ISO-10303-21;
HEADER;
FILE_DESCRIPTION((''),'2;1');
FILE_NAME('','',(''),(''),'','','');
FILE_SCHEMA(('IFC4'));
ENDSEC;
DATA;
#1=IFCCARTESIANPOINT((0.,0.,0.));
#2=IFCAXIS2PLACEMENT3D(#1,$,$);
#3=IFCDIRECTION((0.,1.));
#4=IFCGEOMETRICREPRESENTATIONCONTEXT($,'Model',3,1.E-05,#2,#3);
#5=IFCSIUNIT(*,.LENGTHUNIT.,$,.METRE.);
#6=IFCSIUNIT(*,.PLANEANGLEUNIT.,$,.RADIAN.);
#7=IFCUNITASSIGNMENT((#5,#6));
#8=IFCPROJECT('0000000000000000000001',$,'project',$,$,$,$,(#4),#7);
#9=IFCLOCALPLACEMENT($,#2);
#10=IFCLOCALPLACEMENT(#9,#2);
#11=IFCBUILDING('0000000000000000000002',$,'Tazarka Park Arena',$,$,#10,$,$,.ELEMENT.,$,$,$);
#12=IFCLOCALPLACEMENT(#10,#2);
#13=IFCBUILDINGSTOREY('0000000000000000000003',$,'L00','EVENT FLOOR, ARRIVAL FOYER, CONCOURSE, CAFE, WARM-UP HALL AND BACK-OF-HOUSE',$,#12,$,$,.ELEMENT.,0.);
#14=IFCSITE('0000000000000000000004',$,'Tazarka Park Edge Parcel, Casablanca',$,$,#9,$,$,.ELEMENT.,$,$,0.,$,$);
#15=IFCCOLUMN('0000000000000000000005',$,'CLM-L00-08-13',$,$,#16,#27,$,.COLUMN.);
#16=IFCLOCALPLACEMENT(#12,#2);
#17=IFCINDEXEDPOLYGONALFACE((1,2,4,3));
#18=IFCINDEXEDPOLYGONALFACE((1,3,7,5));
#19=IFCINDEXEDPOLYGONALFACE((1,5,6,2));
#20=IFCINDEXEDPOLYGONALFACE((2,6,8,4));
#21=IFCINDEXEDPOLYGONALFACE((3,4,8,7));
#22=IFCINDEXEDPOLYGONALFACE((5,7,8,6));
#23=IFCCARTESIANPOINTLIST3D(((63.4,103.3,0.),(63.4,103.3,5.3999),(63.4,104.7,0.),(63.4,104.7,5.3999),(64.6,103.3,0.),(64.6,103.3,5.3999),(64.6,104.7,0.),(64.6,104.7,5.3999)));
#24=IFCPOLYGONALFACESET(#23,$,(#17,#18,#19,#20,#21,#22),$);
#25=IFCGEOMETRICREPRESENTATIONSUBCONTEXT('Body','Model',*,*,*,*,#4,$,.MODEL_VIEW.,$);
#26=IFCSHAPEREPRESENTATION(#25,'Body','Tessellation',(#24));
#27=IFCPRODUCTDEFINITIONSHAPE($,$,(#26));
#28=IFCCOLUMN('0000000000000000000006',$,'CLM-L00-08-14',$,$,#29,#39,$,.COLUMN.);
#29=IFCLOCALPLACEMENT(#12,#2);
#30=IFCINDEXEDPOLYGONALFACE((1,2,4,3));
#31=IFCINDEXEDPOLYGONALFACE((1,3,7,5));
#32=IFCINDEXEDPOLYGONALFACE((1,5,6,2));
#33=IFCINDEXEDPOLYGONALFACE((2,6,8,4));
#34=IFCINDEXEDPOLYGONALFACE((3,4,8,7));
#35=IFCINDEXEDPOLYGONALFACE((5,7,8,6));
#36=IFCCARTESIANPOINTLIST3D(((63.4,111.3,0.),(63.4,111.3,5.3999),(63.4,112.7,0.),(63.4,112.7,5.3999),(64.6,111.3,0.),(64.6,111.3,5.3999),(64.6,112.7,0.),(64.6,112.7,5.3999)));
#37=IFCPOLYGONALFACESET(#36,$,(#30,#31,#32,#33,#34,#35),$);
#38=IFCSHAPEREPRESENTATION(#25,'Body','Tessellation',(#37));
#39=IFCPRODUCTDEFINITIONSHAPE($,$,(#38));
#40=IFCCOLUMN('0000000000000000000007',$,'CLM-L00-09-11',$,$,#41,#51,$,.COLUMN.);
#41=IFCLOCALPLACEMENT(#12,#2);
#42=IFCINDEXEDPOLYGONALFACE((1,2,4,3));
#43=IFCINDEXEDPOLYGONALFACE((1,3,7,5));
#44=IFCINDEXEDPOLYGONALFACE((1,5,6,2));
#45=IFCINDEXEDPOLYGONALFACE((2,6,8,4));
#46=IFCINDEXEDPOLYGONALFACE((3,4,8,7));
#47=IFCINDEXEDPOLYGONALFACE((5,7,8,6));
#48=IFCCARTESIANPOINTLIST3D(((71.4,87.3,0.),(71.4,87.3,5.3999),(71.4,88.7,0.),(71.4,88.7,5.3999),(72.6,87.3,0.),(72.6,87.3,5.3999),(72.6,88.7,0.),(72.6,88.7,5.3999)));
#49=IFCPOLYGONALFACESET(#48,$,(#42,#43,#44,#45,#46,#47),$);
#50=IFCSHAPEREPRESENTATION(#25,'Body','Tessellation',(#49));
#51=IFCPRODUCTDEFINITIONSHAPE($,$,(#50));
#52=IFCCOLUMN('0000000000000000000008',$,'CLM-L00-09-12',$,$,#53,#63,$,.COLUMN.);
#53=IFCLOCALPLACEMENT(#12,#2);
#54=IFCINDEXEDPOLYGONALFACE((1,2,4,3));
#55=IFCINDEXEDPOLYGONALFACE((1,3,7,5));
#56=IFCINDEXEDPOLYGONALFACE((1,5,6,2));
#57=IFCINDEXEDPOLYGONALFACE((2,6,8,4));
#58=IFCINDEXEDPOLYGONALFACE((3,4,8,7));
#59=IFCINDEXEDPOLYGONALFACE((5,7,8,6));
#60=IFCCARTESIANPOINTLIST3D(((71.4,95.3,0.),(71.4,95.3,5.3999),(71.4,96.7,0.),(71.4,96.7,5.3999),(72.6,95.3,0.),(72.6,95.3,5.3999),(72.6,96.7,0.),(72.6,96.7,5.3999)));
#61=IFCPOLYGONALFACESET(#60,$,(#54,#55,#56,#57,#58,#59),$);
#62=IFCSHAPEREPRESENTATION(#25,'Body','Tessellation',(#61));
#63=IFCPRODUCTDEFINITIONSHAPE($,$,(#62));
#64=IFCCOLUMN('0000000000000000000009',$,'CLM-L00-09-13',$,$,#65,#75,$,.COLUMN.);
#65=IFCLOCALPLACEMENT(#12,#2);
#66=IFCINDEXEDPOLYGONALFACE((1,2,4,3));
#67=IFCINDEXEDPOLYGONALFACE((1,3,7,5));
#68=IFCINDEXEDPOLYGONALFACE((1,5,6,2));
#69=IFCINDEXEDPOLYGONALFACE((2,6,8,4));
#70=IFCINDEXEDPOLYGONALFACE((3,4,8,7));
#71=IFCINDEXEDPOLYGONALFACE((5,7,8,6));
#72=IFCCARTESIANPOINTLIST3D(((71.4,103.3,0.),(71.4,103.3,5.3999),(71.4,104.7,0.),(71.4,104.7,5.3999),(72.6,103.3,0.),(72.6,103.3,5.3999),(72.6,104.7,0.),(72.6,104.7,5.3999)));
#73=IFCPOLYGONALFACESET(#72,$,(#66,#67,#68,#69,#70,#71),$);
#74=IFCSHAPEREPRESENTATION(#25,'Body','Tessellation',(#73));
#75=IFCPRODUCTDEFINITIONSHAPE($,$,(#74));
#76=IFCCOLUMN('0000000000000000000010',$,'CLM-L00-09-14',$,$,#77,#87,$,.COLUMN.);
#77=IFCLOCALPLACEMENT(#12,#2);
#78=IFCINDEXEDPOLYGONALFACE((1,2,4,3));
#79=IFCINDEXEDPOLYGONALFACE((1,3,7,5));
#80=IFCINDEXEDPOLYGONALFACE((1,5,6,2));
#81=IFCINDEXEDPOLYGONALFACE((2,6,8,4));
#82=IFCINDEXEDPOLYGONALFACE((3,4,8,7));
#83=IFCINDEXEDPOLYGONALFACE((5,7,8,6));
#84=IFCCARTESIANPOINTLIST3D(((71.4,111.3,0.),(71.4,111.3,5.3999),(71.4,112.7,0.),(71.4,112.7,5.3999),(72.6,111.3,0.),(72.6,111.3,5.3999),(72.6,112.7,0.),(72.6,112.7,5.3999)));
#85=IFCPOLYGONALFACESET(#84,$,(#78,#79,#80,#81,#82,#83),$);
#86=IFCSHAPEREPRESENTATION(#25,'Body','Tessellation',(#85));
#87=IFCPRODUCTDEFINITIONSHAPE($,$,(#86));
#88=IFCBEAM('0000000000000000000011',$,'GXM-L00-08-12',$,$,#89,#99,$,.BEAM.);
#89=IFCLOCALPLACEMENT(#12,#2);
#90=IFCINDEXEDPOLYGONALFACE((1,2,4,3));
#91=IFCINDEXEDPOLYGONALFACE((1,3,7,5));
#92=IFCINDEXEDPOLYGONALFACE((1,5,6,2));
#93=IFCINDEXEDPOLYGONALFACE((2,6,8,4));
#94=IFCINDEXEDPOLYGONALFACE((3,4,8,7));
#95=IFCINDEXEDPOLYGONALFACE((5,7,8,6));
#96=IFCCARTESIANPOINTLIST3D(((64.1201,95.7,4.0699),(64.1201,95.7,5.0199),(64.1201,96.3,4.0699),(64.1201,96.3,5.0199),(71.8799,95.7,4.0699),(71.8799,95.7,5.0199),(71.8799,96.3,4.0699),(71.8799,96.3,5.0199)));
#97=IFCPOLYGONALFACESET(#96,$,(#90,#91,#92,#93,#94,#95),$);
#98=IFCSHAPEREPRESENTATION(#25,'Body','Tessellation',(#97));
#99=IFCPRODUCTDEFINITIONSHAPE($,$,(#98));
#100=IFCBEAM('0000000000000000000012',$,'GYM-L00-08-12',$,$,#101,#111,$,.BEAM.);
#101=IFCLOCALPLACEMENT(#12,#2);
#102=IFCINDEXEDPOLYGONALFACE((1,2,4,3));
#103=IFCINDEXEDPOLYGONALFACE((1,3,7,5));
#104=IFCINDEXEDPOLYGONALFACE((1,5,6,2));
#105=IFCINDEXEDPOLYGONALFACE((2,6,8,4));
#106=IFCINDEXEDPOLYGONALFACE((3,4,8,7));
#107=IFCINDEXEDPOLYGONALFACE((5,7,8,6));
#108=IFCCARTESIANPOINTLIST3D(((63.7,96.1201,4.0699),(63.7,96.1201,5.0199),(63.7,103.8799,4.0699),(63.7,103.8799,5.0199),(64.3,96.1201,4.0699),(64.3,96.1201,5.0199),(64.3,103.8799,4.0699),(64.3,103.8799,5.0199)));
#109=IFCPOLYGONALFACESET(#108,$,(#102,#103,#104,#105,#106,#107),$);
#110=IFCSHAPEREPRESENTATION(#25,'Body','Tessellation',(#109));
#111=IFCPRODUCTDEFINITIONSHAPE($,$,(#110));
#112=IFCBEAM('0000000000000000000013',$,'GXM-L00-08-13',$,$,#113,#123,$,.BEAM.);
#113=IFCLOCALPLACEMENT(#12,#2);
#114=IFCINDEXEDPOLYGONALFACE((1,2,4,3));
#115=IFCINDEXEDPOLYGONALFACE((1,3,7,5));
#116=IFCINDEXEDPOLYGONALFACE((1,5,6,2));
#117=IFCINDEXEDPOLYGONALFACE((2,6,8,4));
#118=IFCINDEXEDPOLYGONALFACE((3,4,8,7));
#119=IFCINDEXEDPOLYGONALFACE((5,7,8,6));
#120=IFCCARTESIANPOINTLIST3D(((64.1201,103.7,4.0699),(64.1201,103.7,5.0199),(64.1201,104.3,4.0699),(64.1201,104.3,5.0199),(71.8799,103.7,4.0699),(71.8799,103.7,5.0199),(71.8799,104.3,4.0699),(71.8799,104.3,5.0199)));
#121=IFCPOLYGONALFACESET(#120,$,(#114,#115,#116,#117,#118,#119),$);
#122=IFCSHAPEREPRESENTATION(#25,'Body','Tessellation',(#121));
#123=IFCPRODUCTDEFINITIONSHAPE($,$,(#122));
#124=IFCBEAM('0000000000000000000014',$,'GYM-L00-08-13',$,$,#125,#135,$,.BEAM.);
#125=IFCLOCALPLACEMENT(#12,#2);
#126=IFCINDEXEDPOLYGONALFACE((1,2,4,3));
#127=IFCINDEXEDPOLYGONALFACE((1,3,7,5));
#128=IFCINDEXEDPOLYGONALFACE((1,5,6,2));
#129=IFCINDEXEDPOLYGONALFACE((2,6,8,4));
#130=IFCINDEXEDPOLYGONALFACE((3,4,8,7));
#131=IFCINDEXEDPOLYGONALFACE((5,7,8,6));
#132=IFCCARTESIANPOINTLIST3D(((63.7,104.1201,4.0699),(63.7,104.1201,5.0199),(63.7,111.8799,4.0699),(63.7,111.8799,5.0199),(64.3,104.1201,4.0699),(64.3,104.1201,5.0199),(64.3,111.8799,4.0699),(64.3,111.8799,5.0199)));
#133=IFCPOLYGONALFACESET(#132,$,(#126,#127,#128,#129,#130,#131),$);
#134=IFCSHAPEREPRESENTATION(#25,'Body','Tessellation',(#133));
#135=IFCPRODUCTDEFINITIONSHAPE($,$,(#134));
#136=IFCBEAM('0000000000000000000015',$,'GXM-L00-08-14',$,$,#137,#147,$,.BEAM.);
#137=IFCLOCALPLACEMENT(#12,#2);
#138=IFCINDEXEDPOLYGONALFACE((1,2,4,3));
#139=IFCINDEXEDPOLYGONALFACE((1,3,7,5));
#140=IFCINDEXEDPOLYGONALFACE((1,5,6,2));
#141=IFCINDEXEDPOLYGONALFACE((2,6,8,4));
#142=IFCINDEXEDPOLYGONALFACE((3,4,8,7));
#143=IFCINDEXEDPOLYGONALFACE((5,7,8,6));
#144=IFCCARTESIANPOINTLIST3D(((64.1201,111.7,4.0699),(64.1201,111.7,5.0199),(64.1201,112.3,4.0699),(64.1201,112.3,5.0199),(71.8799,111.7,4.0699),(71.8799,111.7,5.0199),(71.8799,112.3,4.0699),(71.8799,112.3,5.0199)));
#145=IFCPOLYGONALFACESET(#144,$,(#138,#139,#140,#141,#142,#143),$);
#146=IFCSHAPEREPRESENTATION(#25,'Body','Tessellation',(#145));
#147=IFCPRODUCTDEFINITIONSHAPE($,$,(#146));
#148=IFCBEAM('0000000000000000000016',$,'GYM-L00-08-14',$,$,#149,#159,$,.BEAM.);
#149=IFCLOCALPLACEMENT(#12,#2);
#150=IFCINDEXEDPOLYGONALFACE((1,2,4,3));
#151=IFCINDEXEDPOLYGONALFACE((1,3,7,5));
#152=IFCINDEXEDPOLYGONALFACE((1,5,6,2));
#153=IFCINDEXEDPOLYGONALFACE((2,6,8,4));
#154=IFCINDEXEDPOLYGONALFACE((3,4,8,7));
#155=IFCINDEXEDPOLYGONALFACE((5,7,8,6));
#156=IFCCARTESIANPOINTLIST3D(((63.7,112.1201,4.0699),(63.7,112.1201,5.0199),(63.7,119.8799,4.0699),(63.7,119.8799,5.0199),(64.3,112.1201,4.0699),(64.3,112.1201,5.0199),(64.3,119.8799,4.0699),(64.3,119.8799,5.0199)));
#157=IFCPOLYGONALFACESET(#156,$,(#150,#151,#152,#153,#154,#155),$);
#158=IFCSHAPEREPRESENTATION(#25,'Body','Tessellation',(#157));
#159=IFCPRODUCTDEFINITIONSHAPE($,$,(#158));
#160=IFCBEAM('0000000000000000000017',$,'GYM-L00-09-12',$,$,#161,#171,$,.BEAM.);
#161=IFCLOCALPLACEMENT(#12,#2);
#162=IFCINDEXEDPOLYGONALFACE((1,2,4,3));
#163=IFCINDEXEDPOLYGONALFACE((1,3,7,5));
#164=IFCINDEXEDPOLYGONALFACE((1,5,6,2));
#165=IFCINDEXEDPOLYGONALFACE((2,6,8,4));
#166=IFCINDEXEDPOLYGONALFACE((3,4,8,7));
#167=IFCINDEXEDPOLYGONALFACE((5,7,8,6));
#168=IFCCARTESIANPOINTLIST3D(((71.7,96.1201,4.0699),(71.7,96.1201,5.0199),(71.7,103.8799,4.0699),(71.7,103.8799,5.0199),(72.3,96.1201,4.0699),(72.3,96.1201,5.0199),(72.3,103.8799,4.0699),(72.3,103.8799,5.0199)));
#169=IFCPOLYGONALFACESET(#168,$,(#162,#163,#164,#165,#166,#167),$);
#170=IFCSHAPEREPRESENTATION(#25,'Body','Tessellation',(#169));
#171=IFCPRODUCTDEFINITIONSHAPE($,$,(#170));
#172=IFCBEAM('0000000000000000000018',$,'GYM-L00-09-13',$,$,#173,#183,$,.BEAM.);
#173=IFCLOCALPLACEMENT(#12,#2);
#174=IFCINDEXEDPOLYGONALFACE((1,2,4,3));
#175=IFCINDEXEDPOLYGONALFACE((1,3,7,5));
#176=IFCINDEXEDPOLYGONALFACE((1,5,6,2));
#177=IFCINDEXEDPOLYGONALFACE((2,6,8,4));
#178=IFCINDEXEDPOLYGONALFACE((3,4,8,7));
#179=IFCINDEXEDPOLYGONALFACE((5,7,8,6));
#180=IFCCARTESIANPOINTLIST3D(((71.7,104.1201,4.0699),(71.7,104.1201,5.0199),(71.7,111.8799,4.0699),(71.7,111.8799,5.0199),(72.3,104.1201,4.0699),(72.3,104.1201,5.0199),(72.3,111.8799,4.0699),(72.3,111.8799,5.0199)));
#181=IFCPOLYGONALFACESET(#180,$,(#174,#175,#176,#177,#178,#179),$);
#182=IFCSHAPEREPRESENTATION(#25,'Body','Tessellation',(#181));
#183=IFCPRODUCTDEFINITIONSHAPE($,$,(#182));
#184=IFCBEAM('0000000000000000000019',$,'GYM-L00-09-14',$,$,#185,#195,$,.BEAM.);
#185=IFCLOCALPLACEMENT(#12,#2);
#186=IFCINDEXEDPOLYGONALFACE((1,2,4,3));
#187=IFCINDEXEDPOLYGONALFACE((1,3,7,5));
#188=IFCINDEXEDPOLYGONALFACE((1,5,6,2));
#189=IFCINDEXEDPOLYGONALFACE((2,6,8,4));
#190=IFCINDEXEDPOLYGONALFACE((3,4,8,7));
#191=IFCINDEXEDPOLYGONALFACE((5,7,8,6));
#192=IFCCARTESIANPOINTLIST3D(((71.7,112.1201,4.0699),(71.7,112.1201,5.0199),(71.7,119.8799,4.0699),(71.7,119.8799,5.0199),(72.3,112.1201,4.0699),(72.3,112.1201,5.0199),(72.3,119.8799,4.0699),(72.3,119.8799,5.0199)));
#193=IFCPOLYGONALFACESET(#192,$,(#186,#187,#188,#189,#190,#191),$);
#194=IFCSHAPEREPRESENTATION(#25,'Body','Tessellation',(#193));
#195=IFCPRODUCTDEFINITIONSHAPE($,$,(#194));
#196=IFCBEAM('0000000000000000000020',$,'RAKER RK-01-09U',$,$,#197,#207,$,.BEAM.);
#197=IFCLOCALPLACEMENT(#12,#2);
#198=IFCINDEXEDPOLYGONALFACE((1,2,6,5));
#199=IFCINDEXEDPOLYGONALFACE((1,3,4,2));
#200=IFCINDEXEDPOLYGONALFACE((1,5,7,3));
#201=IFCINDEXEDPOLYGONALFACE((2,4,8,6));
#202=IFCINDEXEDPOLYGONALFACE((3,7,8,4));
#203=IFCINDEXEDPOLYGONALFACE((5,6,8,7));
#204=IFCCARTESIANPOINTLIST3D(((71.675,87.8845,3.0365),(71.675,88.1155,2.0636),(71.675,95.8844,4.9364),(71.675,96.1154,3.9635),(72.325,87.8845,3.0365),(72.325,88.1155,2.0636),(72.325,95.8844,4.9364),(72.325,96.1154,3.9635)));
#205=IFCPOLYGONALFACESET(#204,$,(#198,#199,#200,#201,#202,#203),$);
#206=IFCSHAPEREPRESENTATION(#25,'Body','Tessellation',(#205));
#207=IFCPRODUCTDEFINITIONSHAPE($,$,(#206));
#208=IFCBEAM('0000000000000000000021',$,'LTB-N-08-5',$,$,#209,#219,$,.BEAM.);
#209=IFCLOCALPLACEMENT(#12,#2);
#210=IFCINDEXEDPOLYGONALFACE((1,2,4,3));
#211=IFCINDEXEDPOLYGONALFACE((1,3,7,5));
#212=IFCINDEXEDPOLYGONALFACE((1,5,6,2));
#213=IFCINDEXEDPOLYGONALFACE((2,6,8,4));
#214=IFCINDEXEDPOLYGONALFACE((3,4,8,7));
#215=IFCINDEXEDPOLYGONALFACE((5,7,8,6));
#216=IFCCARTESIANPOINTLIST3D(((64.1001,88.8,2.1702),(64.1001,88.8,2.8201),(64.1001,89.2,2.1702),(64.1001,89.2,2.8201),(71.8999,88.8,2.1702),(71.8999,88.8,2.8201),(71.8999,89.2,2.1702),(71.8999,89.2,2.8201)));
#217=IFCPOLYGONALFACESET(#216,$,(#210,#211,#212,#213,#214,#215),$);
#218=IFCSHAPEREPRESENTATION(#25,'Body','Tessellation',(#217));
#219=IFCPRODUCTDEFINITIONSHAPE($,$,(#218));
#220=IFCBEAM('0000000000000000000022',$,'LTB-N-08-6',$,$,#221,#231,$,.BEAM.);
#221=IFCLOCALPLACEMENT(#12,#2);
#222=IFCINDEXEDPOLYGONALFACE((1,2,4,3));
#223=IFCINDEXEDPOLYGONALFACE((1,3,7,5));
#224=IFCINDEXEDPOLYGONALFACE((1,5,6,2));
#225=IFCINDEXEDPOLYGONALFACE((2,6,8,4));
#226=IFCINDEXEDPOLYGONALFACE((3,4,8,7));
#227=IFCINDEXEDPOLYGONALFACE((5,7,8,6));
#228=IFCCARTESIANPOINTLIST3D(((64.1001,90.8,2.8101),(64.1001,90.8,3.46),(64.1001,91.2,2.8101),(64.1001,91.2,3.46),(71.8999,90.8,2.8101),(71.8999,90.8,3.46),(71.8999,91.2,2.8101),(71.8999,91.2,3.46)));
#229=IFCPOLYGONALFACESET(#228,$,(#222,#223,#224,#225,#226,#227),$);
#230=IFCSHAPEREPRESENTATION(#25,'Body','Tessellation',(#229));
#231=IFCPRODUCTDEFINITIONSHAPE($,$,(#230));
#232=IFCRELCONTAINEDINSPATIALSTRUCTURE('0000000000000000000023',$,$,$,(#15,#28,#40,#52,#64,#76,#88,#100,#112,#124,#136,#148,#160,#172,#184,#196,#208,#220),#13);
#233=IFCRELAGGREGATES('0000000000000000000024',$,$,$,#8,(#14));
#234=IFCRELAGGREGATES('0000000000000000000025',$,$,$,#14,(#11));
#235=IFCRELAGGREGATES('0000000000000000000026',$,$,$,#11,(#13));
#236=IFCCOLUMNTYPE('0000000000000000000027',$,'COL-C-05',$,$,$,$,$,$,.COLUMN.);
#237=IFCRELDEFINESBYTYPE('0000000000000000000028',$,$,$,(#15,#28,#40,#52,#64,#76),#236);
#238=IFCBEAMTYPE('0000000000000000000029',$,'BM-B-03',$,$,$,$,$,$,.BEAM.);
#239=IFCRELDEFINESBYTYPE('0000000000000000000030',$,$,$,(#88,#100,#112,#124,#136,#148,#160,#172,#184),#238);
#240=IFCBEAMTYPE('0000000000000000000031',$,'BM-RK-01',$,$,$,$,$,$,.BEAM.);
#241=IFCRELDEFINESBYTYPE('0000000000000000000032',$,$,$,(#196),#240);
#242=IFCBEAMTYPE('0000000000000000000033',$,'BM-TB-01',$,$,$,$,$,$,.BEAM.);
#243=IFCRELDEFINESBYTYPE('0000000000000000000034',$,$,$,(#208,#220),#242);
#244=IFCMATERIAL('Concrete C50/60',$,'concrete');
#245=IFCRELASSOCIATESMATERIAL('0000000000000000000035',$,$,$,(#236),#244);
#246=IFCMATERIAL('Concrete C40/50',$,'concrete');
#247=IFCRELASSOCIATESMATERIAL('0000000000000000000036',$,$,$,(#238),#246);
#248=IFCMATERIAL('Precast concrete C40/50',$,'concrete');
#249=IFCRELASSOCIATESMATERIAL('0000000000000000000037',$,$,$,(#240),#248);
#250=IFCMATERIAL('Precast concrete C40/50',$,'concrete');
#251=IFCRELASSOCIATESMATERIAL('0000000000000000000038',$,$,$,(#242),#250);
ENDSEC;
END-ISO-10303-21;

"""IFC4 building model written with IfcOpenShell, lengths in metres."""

from ifc_helpers import new_model, si_unit, direction, frame, origin, origin_2d, place, context, subcontext, project, spatial, rectangle, extrude, material, material_profile, profile_set, type_object, element, save


model = new_model("IFC4")

# Units and contexts
model_context = context("Model", 3, precision=1e-05, world=origin(), true_north=direction((0.0, 1.0)))
body_context = subcontext(model_context, "Body", "Model", "MODEL_VIEW")
ifc_project = project(units=[si_unit("LENGTHUNIT", "METRE"), si_unit("PLANEANGLEUNIT", "RADIAN")], contexts=[model_context])

# Site, building, storey
site_placement = place(None, origin())
site = spatial("IfcSite", under=ifc_project, at=site_placement, Name="Tazarka Park Edge Parcel, Casablanca", CompositionType="ELEMENT", RefElevation=0.0)
building_placement = place(site_placement, origin())
building = spatial("IfcBuilding", under=site, at=building_placement, Name="Tazarka Park Arena", CompositionType="ELEMENT")
storey_placement = place(building_placement, origin())
storey = spatial("IfcBuildingStorey", under=building, at=storey_placement, Name="L00", Description="EVENT FLOOR, ARRIVAL FOYER, CONCOURSE, CAFE, WARM-UP HALL AND BACK-OF-HOUSE", CompositionType="ELEMENT", Elevation=0.0)

# Columns
ifc_material_1 = material(Name="Concrete C50/60", Category="concrete")
ifc_material_profile_1 = material_profile(ifc_material_1, rectangle(XDim=1.2, YDim=1.3999, at=origin_2d()), Name="Concrete C50/60")
ifc_profile_set_1 = profile_set([ifc_material_profile_1], Name="Concrete C50/60")
column_type = type_object("IfcColumnType", Name="COL-C-05", PredefinedType="COLUMN", material=ifc_profile_set_1)
for number, where, z_axis, x_axis, name in (
    (1, (64.0, 104.0, 0.0), (0.0, 0.0, 1.0), (1.0, 0.0, 0.0), "CLM-L00-08-13"),
    (2, (64.0, 112.0, 0.0), (0.0, 0.0, 1.0), (1.0, 0.0, 0.0), "CLM-L00-08-14"),
    (3, (72.0, 88.0, 0.0), (0.0, 0.0, 1.0), (1.0, 0.0, 0.0), "CLM-L00-09-11"),
    (4, (72.0, 96.0, 0.0), (0.0, 0.0, 1.0), (1.0, 0.0, 0.0), "CLM-L00-09-12"),
    (5, (72.0, 104.0, 0.0), (0.0, 0.0, 1.0), (1.0, 0.0, 0.0), "CLM-L00-09-13"),
    (6, (72.0, 112.0, 0.0), (0.0, 0.0, 1.0), (1.0, 0.0, 0.0), "CLM-L00-09-14"),
):
    element("IfcColumn", number, at=place(storey_placement, frame(where, z_axis=z_axis, x_axis=x_axis)), inside=storey, type_object=column_type, Name=name, PredefinedType="COLUMN", context=body_context, shape_type="SweptSolid", body=[
        extrude(rectangle(XDim=1.2, YDim=1.3999, at=origin_2d()), origin(), (0.0, 0.0, 1.0), 5.3999),
    ])

# Beams
ifc_material_2 = material(Name="Concrete C40/50", Category="concrete")
ifc_material_profile_2 = material_profile(ifc_material_2, rectangle(XDim=0.6001, YDim=0.95, at=origin_2d()), Name="Concrete C40/50")
ifc_profile_set_2 = profile_set([ifc_material_profile_2], Name="Concrete C40/50")
beam_type_1 = type_object("IfcBeamType", Name="BM-B-03", PredefinedType="BEAM", material=ifc_profile_set_2)
for number, where, z_axis, x_axis, name in (
    (7, (64.1201, 96.0, 4.5449), (1.0, 0.0, 0.0), (0.0, 1.0, 0.0), "GXM-L00-08-12"),
    (8, (64.0, 96.1201, 4.5449), (0.0, 1.0, 0.0), (-1.0, 0.0, 0.0), "GYM-L00-08-12"),
    (9, (64.1201, 104.0, 4.5449), (1.0, 0.0, 0.0), (0.0, 1.0, 0.0), "GXM-L00-08-13"),
    (10, (64.0, 104.1201, 4.5449), (0.0, 1.0, 0.0), (-1.0, 0.0, 0.0), "GYM-L00-08-13"),
    (11, (64.1201, 112.0, 4.5449), (1.0, 0.0, 0.0), (0.0, 1.0, 0.0), "GXM-L00-08-14"),
    (12, (64.0, 112.1201, 4.5449), (0.0, 1.0, 0.0), (-1.0, 0.0, 0.0), "GYM-L00-08-14"),
    (13, (72.0, 96.1201, 4.5449), (0.0, 1.0, 0.0), (-1.0, 0.0, 0.0), "GYM-L00-09-12"),
    (14, (72.0, 104.1201, 4.5449), (0.0, 1.0, 0.0), (-1.0, 0.0, 0.0), "GYM-L00-09-13"),
    (15, (72.0, 112.1201, 4.5449), (0.0, 1.0, 0.0), (-1.0, 0.0, 0.0), "GYM-L00-09-14"),
):
    element("IfcBeam", number, at=place(storey_placement, frame(where, z_axis=z_axis, x_axis=x_axis)), inside=storey, type_object=beam_type_1, Name=name, PredefinedType="BEAM", context=body_context, shape_type="SweptSolid", body=[
        extrude(rectangle(XDim=0.6001, YDim=0.95, at=origin_2d()), origin(), (0.0, 0.0, 1.0), 7.7598),
    ])
ifc_material_3 = material(Name="Precast concrete C40/50", Category="concrete")
ifc_material_profile_3 = material_profile(ifc_material_3, rectangle(XDim=0.6499, YDim=1.0, at=origin_2d()), Name="Precast concrete C40/50")
ifc_profile_set_3 = profile_set([ifc_material_profile_3], Name="Precast concrete C40/50")
beam_type_2 = type_object("IfcBeamType", Name="BM-RK-01", PredefinedType="BEAM", material=ifc_profile_set_3)
beam_placement = place(storey_placement, frame((72.0, 88.0, 2.55), z_axis=(0.0, 0.972939, 0.231061), x_axis=(-1.0, 0.0, 0.0)))
element("IfcBeam", 16, at=beam_placement, inside=storey, type_object=beam_type_2, Name="RAKER RK-01-09U", PredefinedType="BEAM", context=body_context, shape_type="SweptSolid", body=[
    extrude(rectangle(XDim=0.6499, YDim=1.0, at=origin_2d()), origin(), (0.0, 0.0, 1.0), 8.2224),
])
ifc_material_4 = material(Name="Precast concrete C40/50", Category="concrete")
ifc_material_profile_4 = material_profile(ifc_material_4, rectangle(XDim=0.3999, YDim=0.6499, at=origin_2d()), Name="Precast concrete C40/50")
ifc_profile_set_4 = profile_set([ifc_material_profile_4], Name="Precast concrete C40/50")
beam_type_3 = type_object("IfcBeamType", Name="BM-TB-01", PredefinedType="BEAM", material=ifc_profile_set_4)
for number, where, z_axis, x_axis, name in (
    (17, (64.1001, 89.0, 2.4951), (1.0, 0.0, 0.0), (0.0, 1.0, 0.0), "LTB-N-08-5"),
    (18, (64.1001, 91.0, 3.135), (1.0, 0.0, 0.0), (0.0, 1.0, 0.0), "LTB-N-08-6"),
):
    element("IfcBeam", number, at=place(storey_placement, frame(where, z_axis=z_axis, x_axis=x_axis)), inside=storey, type_object=beam_type_3, Name=name, PredefinedType="BEAM", context=body_context, shape_type="SweptSolid", body=[
        extrude(rectangle(XDim=0.3999, YDim=0.6499, at=origin_2d()), origin(), (0.0, 0.0, 1.0), 7.7998),
    ])

save(model, "model.ifc")
